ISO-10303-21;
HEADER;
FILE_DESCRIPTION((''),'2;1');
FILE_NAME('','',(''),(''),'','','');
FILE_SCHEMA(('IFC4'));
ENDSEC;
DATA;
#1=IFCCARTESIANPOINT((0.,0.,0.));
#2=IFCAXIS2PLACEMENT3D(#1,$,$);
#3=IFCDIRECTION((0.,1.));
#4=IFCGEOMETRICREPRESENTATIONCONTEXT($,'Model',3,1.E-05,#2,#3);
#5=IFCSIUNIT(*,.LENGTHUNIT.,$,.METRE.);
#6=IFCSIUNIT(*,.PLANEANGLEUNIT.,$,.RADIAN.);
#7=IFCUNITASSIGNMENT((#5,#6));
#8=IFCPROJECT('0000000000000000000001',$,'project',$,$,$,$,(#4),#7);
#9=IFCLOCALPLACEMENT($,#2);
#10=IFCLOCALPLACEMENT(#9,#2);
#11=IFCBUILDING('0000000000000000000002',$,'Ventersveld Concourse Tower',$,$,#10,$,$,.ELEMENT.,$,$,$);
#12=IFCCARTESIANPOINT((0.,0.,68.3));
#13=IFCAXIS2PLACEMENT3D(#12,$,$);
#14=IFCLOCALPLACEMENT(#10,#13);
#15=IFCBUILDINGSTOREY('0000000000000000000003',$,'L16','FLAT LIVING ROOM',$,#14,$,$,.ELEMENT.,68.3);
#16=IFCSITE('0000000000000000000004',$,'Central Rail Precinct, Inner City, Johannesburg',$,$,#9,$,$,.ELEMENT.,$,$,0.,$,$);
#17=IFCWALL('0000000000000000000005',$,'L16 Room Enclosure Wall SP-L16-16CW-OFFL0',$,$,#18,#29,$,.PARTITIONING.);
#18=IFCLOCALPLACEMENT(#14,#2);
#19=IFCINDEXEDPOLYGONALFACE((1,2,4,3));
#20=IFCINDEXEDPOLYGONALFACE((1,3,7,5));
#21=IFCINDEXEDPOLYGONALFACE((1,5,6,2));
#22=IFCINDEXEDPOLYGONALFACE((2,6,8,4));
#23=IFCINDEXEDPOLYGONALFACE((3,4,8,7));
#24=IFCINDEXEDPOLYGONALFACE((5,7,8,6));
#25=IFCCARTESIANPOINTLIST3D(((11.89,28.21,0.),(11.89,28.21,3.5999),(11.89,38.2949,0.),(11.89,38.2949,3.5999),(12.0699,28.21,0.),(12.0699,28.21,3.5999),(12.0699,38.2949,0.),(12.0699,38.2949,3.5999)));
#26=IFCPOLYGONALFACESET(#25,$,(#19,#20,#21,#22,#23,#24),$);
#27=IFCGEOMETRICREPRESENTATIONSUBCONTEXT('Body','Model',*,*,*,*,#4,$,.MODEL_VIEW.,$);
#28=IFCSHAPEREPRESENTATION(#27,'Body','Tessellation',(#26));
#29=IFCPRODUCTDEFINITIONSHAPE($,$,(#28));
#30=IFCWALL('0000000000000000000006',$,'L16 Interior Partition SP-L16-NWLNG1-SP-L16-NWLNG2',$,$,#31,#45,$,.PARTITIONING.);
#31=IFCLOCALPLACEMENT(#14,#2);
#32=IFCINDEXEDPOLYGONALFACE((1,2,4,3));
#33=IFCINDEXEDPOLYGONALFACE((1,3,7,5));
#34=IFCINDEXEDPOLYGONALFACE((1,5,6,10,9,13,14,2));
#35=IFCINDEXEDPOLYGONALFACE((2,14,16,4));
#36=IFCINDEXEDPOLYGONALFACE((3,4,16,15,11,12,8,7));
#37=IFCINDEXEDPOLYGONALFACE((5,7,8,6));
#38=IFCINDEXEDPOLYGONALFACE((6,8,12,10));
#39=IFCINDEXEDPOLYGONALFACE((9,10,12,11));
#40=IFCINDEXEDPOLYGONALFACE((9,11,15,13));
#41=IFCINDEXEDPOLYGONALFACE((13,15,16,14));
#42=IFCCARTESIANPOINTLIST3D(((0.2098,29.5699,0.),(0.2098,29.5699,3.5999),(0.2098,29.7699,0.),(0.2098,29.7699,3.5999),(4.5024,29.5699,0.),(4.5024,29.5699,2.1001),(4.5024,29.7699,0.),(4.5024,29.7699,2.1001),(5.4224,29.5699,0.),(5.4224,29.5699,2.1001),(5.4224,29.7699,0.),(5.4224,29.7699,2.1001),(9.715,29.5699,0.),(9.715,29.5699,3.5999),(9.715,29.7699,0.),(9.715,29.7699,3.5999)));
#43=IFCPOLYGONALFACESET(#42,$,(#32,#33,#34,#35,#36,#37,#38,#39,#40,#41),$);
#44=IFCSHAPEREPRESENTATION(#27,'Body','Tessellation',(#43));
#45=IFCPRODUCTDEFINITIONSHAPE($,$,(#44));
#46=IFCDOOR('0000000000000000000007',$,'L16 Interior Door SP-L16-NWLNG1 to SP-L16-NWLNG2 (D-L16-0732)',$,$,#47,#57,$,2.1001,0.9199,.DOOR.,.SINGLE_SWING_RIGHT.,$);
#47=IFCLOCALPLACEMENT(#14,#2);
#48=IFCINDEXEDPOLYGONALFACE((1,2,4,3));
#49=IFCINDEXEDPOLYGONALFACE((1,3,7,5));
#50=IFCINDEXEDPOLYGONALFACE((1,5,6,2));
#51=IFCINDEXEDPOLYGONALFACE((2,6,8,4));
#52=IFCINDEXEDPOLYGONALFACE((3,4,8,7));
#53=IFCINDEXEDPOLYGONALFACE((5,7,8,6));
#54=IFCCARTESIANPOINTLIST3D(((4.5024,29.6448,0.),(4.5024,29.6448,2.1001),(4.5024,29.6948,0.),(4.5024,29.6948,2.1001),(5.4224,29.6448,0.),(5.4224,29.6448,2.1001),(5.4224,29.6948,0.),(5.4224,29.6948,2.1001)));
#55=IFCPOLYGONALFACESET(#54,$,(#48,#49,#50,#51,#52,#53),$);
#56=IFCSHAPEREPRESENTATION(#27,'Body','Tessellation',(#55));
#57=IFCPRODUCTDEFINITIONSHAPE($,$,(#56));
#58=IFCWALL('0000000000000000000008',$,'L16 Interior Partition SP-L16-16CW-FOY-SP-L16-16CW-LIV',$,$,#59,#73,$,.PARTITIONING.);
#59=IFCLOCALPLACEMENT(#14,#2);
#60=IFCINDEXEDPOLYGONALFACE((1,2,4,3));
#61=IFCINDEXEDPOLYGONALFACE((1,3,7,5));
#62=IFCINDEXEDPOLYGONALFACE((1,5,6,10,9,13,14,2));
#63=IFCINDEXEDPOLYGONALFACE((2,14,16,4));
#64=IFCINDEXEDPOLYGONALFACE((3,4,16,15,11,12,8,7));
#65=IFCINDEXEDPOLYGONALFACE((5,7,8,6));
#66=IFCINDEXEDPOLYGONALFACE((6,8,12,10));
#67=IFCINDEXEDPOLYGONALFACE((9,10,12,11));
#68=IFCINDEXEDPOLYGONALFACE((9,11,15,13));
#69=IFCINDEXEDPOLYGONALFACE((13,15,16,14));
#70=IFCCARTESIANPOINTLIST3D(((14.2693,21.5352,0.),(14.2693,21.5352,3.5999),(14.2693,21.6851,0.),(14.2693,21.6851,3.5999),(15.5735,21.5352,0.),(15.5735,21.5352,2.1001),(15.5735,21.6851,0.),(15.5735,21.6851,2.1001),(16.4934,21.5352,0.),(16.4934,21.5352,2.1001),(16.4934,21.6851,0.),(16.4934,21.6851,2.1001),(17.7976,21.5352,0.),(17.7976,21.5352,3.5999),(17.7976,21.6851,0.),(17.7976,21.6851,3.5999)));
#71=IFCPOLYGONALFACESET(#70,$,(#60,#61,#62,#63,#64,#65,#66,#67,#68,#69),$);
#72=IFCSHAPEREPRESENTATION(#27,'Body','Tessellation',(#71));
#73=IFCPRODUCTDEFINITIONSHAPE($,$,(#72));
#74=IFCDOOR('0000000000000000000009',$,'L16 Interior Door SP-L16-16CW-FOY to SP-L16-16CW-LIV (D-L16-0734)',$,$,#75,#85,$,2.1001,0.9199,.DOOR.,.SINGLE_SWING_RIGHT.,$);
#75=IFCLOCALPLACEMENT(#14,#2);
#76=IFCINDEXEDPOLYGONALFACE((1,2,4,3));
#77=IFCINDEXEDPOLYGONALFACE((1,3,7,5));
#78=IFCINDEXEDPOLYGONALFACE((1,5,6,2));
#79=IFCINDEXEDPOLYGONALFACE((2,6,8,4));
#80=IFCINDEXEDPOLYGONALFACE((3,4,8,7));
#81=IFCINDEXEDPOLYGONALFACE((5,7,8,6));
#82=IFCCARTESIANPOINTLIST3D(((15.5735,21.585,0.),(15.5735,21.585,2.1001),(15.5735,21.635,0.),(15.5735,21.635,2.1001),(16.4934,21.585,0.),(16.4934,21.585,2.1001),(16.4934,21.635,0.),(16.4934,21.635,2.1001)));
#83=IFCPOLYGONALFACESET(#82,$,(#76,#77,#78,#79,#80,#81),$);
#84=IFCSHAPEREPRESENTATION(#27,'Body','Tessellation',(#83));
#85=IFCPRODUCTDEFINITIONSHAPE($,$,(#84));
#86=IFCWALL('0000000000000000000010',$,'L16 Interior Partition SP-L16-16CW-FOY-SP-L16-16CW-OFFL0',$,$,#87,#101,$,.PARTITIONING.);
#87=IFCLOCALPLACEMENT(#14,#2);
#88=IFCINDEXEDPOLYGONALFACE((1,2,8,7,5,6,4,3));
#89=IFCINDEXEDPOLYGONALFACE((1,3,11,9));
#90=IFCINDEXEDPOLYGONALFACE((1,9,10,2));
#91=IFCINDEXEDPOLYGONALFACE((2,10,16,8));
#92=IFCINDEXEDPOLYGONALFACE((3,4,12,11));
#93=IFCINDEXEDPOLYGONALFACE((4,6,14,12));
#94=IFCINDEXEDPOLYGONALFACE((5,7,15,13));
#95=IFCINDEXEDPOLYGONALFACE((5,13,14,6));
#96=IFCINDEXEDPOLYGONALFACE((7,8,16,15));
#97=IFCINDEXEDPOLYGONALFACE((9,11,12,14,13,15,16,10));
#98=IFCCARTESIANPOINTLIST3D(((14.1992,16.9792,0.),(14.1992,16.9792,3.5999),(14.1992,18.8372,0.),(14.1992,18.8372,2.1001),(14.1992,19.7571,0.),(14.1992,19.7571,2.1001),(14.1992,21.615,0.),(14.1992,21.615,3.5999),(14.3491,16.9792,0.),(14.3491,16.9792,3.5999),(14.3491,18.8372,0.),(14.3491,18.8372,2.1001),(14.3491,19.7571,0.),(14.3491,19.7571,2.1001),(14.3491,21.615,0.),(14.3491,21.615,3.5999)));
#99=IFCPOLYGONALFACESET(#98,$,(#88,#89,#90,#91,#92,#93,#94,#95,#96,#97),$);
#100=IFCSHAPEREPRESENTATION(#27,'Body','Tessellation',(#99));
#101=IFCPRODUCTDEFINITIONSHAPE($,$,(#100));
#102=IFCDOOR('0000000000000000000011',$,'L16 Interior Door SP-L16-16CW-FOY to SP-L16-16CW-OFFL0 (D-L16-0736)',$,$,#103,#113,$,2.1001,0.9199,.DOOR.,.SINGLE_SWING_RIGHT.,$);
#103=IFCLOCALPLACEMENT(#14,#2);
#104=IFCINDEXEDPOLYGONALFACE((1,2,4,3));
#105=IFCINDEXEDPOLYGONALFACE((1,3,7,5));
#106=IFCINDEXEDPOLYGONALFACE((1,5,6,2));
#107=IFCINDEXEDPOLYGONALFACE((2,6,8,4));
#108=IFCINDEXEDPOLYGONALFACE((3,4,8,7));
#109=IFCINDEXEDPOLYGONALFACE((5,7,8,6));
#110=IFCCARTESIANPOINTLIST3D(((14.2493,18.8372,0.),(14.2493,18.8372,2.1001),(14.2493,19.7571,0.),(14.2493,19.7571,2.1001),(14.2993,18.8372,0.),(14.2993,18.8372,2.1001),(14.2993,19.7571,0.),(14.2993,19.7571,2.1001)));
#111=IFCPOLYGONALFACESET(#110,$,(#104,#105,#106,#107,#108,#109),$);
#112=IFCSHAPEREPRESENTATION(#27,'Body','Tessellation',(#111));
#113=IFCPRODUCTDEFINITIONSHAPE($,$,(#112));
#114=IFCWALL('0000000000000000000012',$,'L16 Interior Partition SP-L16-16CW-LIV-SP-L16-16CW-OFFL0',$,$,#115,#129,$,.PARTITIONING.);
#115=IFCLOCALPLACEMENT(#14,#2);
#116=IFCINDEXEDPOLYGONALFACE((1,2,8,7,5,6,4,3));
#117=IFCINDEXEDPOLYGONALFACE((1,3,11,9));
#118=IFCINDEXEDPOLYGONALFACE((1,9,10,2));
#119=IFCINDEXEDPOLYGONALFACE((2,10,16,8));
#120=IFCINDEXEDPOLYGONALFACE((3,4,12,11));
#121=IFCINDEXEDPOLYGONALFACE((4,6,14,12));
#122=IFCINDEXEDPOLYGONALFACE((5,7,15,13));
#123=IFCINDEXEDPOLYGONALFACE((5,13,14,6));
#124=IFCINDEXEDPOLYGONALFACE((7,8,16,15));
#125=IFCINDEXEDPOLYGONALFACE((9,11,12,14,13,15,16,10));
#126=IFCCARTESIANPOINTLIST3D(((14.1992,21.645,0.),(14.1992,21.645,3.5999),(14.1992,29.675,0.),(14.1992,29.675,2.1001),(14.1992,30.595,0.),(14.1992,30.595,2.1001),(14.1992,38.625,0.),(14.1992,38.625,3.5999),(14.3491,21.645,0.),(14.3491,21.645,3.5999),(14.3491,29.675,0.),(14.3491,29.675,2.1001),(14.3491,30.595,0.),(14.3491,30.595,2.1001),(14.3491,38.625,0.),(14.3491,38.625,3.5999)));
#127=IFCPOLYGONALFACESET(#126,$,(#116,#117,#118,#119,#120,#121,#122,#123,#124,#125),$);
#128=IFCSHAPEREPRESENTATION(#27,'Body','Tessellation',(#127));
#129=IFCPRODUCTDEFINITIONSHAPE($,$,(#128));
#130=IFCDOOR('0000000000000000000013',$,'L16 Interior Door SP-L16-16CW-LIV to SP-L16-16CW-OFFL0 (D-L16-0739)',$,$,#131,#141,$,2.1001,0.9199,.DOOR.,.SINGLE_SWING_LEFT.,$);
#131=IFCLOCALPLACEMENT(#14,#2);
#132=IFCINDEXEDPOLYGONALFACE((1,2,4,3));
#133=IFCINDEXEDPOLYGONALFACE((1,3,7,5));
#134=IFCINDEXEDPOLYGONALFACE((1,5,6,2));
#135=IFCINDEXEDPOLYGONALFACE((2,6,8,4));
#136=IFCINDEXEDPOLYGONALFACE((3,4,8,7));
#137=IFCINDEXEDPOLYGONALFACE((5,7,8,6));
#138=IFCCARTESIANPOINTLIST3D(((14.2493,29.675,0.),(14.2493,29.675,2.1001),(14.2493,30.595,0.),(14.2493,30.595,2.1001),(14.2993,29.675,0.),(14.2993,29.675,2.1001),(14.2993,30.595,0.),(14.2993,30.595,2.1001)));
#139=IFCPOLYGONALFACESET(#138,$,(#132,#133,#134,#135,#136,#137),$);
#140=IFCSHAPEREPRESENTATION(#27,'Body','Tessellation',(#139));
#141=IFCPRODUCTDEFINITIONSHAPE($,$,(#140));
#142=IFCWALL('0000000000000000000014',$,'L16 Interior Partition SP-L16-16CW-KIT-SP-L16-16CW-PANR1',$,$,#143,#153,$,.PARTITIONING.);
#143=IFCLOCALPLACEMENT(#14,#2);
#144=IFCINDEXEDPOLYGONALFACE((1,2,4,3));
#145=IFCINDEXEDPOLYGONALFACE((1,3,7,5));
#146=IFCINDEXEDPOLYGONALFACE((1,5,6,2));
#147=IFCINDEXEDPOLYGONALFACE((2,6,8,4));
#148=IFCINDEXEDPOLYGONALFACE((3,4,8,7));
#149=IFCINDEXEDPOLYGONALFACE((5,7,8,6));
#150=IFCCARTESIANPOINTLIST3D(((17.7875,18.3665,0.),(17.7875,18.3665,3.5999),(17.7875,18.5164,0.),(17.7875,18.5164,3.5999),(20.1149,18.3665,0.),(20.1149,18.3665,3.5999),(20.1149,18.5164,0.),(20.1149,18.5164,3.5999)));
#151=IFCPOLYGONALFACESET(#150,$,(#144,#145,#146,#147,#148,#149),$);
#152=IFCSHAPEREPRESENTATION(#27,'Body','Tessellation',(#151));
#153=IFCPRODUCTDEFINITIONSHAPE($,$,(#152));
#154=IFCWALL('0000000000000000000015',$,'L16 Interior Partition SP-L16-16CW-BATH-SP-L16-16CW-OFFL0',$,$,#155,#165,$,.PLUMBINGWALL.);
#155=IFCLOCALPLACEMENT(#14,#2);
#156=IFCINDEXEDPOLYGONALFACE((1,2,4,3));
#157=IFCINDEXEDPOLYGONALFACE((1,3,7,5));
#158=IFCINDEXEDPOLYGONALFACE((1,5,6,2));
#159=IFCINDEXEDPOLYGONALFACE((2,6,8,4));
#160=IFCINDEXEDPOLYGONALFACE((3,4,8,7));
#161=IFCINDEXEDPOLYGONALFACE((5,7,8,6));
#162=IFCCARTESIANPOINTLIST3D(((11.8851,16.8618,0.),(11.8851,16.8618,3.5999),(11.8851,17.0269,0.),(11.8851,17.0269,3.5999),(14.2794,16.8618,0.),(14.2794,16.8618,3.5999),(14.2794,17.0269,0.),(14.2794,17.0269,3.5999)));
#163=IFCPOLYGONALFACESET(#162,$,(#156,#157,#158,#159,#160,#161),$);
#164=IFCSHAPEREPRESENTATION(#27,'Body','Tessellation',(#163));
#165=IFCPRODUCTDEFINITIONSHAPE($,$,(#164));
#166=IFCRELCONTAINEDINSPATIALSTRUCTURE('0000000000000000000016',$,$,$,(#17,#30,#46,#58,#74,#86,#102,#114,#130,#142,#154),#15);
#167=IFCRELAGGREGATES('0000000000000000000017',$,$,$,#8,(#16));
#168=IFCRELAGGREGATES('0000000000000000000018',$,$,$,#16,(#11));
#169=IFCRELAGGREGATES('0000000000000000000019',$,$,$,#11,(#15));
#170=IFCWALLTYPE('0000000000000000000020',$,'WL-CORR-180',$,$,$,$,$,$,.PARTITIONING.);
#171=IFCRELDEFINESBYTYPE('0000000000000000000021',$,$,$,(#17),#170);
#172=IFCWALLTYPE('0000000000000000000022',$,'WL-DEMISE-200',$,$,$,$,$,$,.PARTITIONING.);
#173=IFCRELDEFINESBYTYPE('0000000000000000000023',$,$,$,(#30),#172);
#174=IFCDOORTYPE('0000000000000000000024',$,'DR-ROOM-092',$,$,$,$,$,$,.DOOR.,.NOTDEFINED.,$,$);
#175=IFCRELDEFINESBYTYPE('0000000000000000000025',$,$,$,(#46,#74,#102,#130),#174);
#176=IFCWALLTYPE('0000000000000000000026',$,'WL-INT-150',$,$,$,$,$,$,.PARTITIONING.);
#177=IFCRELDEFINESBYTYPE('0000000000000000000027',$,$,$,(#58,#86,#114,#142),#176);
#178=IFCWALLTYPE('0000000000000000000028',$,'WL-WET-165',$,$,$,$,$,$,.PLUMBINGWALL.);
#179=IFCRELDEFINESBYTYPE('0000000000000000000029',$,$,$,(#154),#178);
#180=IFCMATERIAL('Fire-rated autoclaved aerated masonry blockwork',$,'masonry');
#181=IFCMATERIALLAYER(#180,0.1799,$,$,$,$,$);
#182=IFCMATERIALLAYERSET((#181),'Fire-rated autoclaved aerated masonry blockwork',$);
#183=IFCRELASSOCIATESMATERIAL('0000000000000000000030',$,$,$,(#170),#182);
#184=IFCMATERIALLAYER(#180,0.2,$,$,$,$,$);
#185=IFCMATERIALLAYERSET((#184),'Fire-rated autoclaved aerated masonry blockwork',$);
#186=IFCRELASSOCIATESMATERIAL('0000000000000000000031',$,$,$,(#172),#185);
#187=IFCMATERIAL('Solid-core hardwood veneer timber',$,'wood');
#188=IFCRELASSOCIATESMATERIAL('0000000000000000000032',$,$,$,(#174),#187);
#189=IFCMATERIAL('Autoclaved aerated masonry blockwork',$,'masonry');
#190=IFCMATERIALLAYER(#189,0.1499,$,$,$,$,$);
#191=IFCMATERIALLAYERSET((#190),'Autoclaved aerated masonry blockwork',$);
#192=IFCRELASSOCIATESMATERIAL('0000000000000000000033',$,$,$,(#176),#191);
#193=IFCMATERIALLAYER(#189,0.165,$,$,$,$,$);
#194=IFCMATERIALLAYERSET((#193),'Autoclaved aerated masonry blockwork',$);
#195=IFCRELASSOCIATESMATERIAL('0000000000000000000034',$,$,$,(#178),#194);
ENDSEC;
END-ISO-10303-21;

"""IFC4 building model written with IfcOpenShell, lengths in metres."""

from ifc_helpers import new_model, si_unit, direction, frame, frame_2d, origin, place, context, subcontext, project, spatial, rectangle, extrude, material, layer, layer_set, type_object, element, fill, save


model = new_model("IFC4")

# Units and contexts
model_context = context("Model", 3, precision=1e-05, world=origin(), true_north=direction((0.0, 1.0)))
body_context = subcontext(model_context, "Body", "Model", "MODEL_VIEW")
ifc_project = project(units=[si_unit("LENGTHUNIT", "METRE"), si_unit("PLANEANGLEUNIT", "RADIAN")], contexts=[model_context])

# Site, building, storey
site_placement = place(None, origin())
site = spatial("IfcSite", under=ifc_project, at=site_placement, Name="Central Rail Precinct, Inner City, Johannesburg", CompositionType="ELEMENT", RefElevation=0.0)
building_placement = place(site_placement, origin())
building = spatial("IfcBuilding", under=site, at=building_placement, Name="Ventersveld Concourse Tower", CompositionType="ELEMENT")
storey_placement = place(building_placement, frame((0.0, 0.0, 68.3)))
storey = spatial("IfcBuildingStorey", under=building, at=storey_placement, Name="L16", Description="FLAT LIVING ROOM", CompositionType="ELEMENT", Elevation=68.3)

# Wall
ifc_material_1 = material(Name="Fire-rated autoclaved aerated masonry blockwork", Category="masonry")
ifc_layer_1 = layer(ifc_material_1, 0.1799)
ifc_layer_set_1 = layer_set([ifc_layer_1], Name="Fire-rated autoclaved aerated masonry blockwork")
wall_type_1 = type_object("IfcWallType", Name="WL-CORR-180", PredefinedType="PARTITIONING", material=ifc_layer_set_1)
wall_1_placement = place(storey_placement, frame((11.98, 28.21, 0.0), z_axis=(0.0, 0.0, 1.0), x_axis=(0.0, 1.0, 0.0)))
element("IfcWall", 1, at=wall_1_placement, inside=storey, type_object=wall_type_1, Name="L16 Room Enclosure Wall SP-L16-16CW-OFFL0", PredefinedType="PARTITIONING", context=body_context, shape_type="SweptSolid", body=[
    extrude(rectangle(XDim=10.085, YDim=0.1799, at=frame_2d((5.0425, 0.0))), origin(), (0.0, 0.0, 1.0), 3.5999),
])

# Walls, openings, doors
ifc_layer_2 = layer(ifc_material_1, 0.2)
ifc_layer_set_2 = layer_set([ifc_layer_2], Name="Fire-rated autoclaved aerated masonry blockwork")
wall_type_2 = type_object("IfcWallType", Name="WL-DEMISE-200", PredefinedType="PARTITIONING", material=ifc_layer_set_2)
wall_2_placement = place(storey_placement, frame((0.21, 29.6699, 0.0), z_axis=(0.0, 0.0, 1.0), x_axis=(1.0, 0.0, 0.0)))
wall_2 = element("IfcWall", 2, at=wall_2_placement, inside=storey, type_object=wall_type_2, Name="L16 Interior Partition SP-L16-NWLNG1-SP-L16-NWLNG2", PredefinedType="PARTITIONING", context=body_context, shape_type="SweptSolid", body=[
    extrude(rectangle(XDim=9.5051, YDim=0.2, at=frame_2d((4.7524, 0.0))), origin(), (0.0, 0.0, 1.0), 3.5999),
])
opening_1_placement = place(wall_2_placement, frame((4.2925, 0.0, 0.0)))
opening_1 = element("IfcOpeningElement", 3, at=opening_1_placement, cuts=wall_2, PredefinedType="OPENING", context=body_context, shape_type="SweptSolid", body=[
    extrude(rectangle(XDim=0.9199, YDim=2.1001, at=frame_2d((0.46, 1.05))), frame((0.0, 0.1099, 0.0), z_axis=(0.0, -1.0, 0.0), x_axis=(1.0, 0.0, 0.0)), (0.0, 0.0, 1.0), 0.22),
])
ifc_material_2 = material(Name="Solid-core hardwood veneer timber", Category="wood")
door_type = type_object("IfcDoorType", Name="DR-ROOM-092", OperationType="NOTDEFINED", PredefinedType="DOOR", material=ifc_material_2)
door_1_placement = place(opening_1_placement, origin())
door_1 = element("IfcDoor", 4, at=door_1_placement, inside=storey, type_object=door_type, Name="L16 Interior Door SP-L16-NWLNG1 to SP-L16-NWLNG2 (D-L16-0732)", OperationType="SINGLE_SWING_RIGHT", OverallHeight=2.1001, OverallWidth=0.9199, PredefinedType="DOOR", context=body_context, shape_type="SweptSolid", body=[
    extrude(rectangle(XDim=0.9199, YDim=2.1001, at=frame_2d((0.46, 1.05))), frame((0.0, 0.0249, 0.0), z_axis=(0.0, -1.0, 0.0), x_axis=(1.0, 0.0, 0.0)), (0.0, 0.0, 1.0), 0.05),
])
fill(opening_1, door_1)
ifc_material_3 = material(Name="Autoclaved aerated masonry blockwork", Category="masonry")
ifc_layer_3 = layer(ifc_material_3, 0.1499)
ifc_layer_set_3 = layer_set([ifc_layer_3], Name="Autoclaved aerated masonry blockwork")
wall_type_3 = type_object("IfcWallType", Name="WL-INT-150", PredefinedType="PARTITIONING", material=ifc_layer_set_3)
wall_3_placement = place(storey_placement, frame((14.2693, 21.6101, 0.0), z_axis=(0.0, 0.0, 1.0), x_axis=(1.0, 0.0, 0.0)))
wall_3 = element("IfcWall", 5, at=wall_3_placement, inside=storey, type_object=wall_type_3, Name="L16 Interior Partition SP-L16-16CW-FOY-SP-L16-16CW-LIV", PredefinedType="PARTITIONING", context=body_context, shape_type="SweptSolid", body=[
    extrude(rectangle(XDim=3.5283, YDim=0.1499, at=frame_2d((1.7642, 0.0))), origin(), (0.0, 0.0, 1.0), 3.5999),
])
opening_2_placement = place(wall_3_placement, frame((1.3042, 0.0, 0.0)))
opening_2 = element("IfcOpeningElement", 6, at=opening_2_placement, cuts=wall_3, PredefinedType="OPENING", context=body_context, shape_type="SweptSolid", body=[
    extrude(rectangle(XDim=0.9199, YDim=2.1001, at=frame_2d((0.46, 1.05))), frame((0.0, 0.085, 0.0), z_axis=(0.0, -1.0, 0.0), x_axis=(1.0, 0.0, 0.0)), (0.0, 0.0, 1.0), 0.1699),
])
door_2_placement = place(opening_2_placement, origin())
door_2 = element("IfcDoor", 7, at=door_2_placement, inside=storey, type_object=door_type, Name="L16 Interior Door SP-L16-16CW-FOY to SP-L16-16CW-LIV (D-L16-0734)", OperationType="SINGLE_SWING_RIGHT", OverallHeight=2.1001, OverallWidth=0.9199, PredefinedType="DOOR", context=body_context, shape_type="SweptSolid", body=[
    extrude(rectangle(XDim=0.9199, YDim=2.1001, at=frame_2d((0.46, 1.05))), frame((0.0, 0.0249, 0.0), z_axis=(0.0, -1.0, 0.0), x_axis=(1.0, 0.0, 0.0)), (0.0, 0.0, 1.0), 0.05),
])
fill(opening_2, door_2)
wall_4_placement = place(storey_placement, frame((14.2742, 16.9792, 0.0), z_axis=(0.0, 0.0, 1.0), x_axis=(0.0, 1.0, 0.0)))
wall_4 = element("IfcWall", 8, at=wall_4_placement, inside=storey, type_object=wall_type_3, Name="L16 Interior Partition SP-L16-16CW-FOY-SP-L16-16CW-OFFL0", PredefinedType="PARTITIONING", context=body_context, shape_type="SweptSolid", body=[
    extrude(rectangle(XDim=4.6357, YDim=0.1499, at=frame_2d((2.3179, 0.0))), origin(), (0.0, 0.0, 1.0), 3.5999),
])
opening_3_placement = place(wall_4_placement, frame((1.8579, 0.0, 0.0)))
opening_3 = element("IfcOpeningElement", 9, at=opening_3_placement, cuts=wall_4, PredefinedType="OPENING", context=body_context, shape_type="SweptSolid", body=[
    extrude(rectangle(XDim=0.9199, YDim=2.1001, at=frame_2d((0.46, 1.05))), frame((0.0, 0.085, 0.0), z_axis=(0.0, -1.0, 0.0), x_axis=(1.0, 0.0, 0.0)), (0.0, 0.0, 1.0), 0.1699),
])
door_3_placement = place(opening_3_placement, origin())
door_3 = element("IfcDoor", 10, at=door_3_placement, inside=storey, type_object=door_type, Name="L16 Interior Door SP-L16-16CW-FOY to SP-L16-16CW-OFFL0 (D-L16-0736)", OperationType="SINGLE_SWING_RIGHT", OverallHeight=2.1001, OverallWidth=0.9199, PredefinedType="DOOR", context=body_context, shape_type="SweptSolid", body=[
    extrude(rectangle(XDim=0.9199, YDim=2.1001, at=frame_2d((0.46, 1.05))), frame((0.0, 0.0249, 0.0), z_axis=(0.0, -1.0, 0.0), x_axis=(1.0, 0.0, 0.0)), (0.0, 0.0, 1.0), 0.05),
])
fill(opening_3, door_3)
wall_5_placement = place(storey_placement, frame((14.2742, 21.645, 0.0), z_axis=(0.0, 0.0, 1.0), x_axis=(0.0, 1.0, 0.0)))
wall_5 = element("IfcWall", 11, at=wall_5_placement, inside=storey, type_object=wall_type_3, Name="L16 Interior Partition SP-L16-16CW-LIV-SP-L16-16CW-OFFL0", PredefinedType="PARTITIONING", context=body_context, shape_type="SweptSolid", body=[
    extrude(rectangle(XDim=16.98, YDim=0.1499, at=frame_2d((8.49, 0.0))), origin(), (0.0, 0.0, 1.0), 3.5999),
])
opening_4_placement = place(wall_5_placement, frame((8.03, 0.0, 0.0)))
opening_4 = element("IfcOpeningElement", 12, at=opening_4_placement, cuts=wall_5, PredefinedType="OPENING", context=body_context, shape_type="SweptSolid", body=[
    extrude(rectangle(XDim=0.9199, YDim=2.1001, at=frame_2d((0.46, 1.05))), frame((0.0, 0.085, 0.0), z_axis=(0.0, -1.0, 0.0), x_axis=(1.0, 0.0, 0.0)), (0.0, 0.0, 1.0), 0.1699),
])
door_4_placement = place(opening_4_placement, origin())
door_4 = element("IfcDoor", 13, at=door_4_placement, inside=storey, type_object=door_type, Name="L16 Interior Door SP-L16-16CW-LIV to SP-L16-16CW-OFFL0 (D-L16-0739)", OperationType="SINGLE_SWING_LEFT", OverallHeight=2.1001, OverallWidth=0.9199, PredefinedType="DOOR", context=body_context, shape_type="SweptSolid", body=[
    extrude(rectangle(XDim=0.9199, YDim=2.1001, at=frame_2d((0.46, 1.05))), frame((0.0, 0.0249, 0.0), z_axis=(0.0, -1.0, 0.0), x_axis=(1.0, 0.0, 0.0)), (0.0, 0.0, 1.0), 0.05),
])
fill(opening_4, door_4)

# Walls
wall_6_placement = place(storey_placement, frame((17.7876, 18.4414, 0.0), z_axis=(0.0, 0.0, 1.0), x_axis=(1.0, 0.0, 0.0)))
element("IfcWall", 14, at=wall_6_placement, inside=storey, type_object=wall_type_3, Name="L16 Interior Partition SP-L16-16CW-KIT-SP-L16-16CW-PANR1", PredefinedType="PARTITIONING", context=body_context, shape_type="SweptSolid", body=[
    extrude(rectangle(XDim=2.3274, YDim=0.1499, at=frame_2d((1.1636, 0.0))), origin(), (0.0, 0.0, 1.0), 3.5999),
])
ifc_layer_4 = layer(ifc_material_3, 0.165)
ifc_layer_set_4 = layer_set([ifc_layer_4], Name="Autoclaved aerated masonry blockwork")
wall_type_4 = type_object("IfcWallType", Name="WL-WET-165", PredefinedType="PLUMBINGWALL", material=ifc_layer_set_4)
wall_7_placement = place(storey_placement, frame((11.885, 16.9443, 0.0), z_axis=(0.0, 0.0, 1.0), x_axis=(1.0, 0.0, 0.0)))
element("IfcWall", 15, at=wall_7_placement, inside=storey, type_object=wall_type_4, Name="L16 Interior Partition SP-L16-16CW-BATH-SP-L16-16CW-OFFL0", PredefinedType="PLUMBINGWALL", context=body_context, shape_type="SweptSolid", body=[
    extrude(rectangle(XDim=2.3943, YDim=0.165, at=frame_2d((1.1973, 0.0))), origin(), (0.0, 0.0, 1.0), 3.5999),
])

save(model, "model.ifc")
